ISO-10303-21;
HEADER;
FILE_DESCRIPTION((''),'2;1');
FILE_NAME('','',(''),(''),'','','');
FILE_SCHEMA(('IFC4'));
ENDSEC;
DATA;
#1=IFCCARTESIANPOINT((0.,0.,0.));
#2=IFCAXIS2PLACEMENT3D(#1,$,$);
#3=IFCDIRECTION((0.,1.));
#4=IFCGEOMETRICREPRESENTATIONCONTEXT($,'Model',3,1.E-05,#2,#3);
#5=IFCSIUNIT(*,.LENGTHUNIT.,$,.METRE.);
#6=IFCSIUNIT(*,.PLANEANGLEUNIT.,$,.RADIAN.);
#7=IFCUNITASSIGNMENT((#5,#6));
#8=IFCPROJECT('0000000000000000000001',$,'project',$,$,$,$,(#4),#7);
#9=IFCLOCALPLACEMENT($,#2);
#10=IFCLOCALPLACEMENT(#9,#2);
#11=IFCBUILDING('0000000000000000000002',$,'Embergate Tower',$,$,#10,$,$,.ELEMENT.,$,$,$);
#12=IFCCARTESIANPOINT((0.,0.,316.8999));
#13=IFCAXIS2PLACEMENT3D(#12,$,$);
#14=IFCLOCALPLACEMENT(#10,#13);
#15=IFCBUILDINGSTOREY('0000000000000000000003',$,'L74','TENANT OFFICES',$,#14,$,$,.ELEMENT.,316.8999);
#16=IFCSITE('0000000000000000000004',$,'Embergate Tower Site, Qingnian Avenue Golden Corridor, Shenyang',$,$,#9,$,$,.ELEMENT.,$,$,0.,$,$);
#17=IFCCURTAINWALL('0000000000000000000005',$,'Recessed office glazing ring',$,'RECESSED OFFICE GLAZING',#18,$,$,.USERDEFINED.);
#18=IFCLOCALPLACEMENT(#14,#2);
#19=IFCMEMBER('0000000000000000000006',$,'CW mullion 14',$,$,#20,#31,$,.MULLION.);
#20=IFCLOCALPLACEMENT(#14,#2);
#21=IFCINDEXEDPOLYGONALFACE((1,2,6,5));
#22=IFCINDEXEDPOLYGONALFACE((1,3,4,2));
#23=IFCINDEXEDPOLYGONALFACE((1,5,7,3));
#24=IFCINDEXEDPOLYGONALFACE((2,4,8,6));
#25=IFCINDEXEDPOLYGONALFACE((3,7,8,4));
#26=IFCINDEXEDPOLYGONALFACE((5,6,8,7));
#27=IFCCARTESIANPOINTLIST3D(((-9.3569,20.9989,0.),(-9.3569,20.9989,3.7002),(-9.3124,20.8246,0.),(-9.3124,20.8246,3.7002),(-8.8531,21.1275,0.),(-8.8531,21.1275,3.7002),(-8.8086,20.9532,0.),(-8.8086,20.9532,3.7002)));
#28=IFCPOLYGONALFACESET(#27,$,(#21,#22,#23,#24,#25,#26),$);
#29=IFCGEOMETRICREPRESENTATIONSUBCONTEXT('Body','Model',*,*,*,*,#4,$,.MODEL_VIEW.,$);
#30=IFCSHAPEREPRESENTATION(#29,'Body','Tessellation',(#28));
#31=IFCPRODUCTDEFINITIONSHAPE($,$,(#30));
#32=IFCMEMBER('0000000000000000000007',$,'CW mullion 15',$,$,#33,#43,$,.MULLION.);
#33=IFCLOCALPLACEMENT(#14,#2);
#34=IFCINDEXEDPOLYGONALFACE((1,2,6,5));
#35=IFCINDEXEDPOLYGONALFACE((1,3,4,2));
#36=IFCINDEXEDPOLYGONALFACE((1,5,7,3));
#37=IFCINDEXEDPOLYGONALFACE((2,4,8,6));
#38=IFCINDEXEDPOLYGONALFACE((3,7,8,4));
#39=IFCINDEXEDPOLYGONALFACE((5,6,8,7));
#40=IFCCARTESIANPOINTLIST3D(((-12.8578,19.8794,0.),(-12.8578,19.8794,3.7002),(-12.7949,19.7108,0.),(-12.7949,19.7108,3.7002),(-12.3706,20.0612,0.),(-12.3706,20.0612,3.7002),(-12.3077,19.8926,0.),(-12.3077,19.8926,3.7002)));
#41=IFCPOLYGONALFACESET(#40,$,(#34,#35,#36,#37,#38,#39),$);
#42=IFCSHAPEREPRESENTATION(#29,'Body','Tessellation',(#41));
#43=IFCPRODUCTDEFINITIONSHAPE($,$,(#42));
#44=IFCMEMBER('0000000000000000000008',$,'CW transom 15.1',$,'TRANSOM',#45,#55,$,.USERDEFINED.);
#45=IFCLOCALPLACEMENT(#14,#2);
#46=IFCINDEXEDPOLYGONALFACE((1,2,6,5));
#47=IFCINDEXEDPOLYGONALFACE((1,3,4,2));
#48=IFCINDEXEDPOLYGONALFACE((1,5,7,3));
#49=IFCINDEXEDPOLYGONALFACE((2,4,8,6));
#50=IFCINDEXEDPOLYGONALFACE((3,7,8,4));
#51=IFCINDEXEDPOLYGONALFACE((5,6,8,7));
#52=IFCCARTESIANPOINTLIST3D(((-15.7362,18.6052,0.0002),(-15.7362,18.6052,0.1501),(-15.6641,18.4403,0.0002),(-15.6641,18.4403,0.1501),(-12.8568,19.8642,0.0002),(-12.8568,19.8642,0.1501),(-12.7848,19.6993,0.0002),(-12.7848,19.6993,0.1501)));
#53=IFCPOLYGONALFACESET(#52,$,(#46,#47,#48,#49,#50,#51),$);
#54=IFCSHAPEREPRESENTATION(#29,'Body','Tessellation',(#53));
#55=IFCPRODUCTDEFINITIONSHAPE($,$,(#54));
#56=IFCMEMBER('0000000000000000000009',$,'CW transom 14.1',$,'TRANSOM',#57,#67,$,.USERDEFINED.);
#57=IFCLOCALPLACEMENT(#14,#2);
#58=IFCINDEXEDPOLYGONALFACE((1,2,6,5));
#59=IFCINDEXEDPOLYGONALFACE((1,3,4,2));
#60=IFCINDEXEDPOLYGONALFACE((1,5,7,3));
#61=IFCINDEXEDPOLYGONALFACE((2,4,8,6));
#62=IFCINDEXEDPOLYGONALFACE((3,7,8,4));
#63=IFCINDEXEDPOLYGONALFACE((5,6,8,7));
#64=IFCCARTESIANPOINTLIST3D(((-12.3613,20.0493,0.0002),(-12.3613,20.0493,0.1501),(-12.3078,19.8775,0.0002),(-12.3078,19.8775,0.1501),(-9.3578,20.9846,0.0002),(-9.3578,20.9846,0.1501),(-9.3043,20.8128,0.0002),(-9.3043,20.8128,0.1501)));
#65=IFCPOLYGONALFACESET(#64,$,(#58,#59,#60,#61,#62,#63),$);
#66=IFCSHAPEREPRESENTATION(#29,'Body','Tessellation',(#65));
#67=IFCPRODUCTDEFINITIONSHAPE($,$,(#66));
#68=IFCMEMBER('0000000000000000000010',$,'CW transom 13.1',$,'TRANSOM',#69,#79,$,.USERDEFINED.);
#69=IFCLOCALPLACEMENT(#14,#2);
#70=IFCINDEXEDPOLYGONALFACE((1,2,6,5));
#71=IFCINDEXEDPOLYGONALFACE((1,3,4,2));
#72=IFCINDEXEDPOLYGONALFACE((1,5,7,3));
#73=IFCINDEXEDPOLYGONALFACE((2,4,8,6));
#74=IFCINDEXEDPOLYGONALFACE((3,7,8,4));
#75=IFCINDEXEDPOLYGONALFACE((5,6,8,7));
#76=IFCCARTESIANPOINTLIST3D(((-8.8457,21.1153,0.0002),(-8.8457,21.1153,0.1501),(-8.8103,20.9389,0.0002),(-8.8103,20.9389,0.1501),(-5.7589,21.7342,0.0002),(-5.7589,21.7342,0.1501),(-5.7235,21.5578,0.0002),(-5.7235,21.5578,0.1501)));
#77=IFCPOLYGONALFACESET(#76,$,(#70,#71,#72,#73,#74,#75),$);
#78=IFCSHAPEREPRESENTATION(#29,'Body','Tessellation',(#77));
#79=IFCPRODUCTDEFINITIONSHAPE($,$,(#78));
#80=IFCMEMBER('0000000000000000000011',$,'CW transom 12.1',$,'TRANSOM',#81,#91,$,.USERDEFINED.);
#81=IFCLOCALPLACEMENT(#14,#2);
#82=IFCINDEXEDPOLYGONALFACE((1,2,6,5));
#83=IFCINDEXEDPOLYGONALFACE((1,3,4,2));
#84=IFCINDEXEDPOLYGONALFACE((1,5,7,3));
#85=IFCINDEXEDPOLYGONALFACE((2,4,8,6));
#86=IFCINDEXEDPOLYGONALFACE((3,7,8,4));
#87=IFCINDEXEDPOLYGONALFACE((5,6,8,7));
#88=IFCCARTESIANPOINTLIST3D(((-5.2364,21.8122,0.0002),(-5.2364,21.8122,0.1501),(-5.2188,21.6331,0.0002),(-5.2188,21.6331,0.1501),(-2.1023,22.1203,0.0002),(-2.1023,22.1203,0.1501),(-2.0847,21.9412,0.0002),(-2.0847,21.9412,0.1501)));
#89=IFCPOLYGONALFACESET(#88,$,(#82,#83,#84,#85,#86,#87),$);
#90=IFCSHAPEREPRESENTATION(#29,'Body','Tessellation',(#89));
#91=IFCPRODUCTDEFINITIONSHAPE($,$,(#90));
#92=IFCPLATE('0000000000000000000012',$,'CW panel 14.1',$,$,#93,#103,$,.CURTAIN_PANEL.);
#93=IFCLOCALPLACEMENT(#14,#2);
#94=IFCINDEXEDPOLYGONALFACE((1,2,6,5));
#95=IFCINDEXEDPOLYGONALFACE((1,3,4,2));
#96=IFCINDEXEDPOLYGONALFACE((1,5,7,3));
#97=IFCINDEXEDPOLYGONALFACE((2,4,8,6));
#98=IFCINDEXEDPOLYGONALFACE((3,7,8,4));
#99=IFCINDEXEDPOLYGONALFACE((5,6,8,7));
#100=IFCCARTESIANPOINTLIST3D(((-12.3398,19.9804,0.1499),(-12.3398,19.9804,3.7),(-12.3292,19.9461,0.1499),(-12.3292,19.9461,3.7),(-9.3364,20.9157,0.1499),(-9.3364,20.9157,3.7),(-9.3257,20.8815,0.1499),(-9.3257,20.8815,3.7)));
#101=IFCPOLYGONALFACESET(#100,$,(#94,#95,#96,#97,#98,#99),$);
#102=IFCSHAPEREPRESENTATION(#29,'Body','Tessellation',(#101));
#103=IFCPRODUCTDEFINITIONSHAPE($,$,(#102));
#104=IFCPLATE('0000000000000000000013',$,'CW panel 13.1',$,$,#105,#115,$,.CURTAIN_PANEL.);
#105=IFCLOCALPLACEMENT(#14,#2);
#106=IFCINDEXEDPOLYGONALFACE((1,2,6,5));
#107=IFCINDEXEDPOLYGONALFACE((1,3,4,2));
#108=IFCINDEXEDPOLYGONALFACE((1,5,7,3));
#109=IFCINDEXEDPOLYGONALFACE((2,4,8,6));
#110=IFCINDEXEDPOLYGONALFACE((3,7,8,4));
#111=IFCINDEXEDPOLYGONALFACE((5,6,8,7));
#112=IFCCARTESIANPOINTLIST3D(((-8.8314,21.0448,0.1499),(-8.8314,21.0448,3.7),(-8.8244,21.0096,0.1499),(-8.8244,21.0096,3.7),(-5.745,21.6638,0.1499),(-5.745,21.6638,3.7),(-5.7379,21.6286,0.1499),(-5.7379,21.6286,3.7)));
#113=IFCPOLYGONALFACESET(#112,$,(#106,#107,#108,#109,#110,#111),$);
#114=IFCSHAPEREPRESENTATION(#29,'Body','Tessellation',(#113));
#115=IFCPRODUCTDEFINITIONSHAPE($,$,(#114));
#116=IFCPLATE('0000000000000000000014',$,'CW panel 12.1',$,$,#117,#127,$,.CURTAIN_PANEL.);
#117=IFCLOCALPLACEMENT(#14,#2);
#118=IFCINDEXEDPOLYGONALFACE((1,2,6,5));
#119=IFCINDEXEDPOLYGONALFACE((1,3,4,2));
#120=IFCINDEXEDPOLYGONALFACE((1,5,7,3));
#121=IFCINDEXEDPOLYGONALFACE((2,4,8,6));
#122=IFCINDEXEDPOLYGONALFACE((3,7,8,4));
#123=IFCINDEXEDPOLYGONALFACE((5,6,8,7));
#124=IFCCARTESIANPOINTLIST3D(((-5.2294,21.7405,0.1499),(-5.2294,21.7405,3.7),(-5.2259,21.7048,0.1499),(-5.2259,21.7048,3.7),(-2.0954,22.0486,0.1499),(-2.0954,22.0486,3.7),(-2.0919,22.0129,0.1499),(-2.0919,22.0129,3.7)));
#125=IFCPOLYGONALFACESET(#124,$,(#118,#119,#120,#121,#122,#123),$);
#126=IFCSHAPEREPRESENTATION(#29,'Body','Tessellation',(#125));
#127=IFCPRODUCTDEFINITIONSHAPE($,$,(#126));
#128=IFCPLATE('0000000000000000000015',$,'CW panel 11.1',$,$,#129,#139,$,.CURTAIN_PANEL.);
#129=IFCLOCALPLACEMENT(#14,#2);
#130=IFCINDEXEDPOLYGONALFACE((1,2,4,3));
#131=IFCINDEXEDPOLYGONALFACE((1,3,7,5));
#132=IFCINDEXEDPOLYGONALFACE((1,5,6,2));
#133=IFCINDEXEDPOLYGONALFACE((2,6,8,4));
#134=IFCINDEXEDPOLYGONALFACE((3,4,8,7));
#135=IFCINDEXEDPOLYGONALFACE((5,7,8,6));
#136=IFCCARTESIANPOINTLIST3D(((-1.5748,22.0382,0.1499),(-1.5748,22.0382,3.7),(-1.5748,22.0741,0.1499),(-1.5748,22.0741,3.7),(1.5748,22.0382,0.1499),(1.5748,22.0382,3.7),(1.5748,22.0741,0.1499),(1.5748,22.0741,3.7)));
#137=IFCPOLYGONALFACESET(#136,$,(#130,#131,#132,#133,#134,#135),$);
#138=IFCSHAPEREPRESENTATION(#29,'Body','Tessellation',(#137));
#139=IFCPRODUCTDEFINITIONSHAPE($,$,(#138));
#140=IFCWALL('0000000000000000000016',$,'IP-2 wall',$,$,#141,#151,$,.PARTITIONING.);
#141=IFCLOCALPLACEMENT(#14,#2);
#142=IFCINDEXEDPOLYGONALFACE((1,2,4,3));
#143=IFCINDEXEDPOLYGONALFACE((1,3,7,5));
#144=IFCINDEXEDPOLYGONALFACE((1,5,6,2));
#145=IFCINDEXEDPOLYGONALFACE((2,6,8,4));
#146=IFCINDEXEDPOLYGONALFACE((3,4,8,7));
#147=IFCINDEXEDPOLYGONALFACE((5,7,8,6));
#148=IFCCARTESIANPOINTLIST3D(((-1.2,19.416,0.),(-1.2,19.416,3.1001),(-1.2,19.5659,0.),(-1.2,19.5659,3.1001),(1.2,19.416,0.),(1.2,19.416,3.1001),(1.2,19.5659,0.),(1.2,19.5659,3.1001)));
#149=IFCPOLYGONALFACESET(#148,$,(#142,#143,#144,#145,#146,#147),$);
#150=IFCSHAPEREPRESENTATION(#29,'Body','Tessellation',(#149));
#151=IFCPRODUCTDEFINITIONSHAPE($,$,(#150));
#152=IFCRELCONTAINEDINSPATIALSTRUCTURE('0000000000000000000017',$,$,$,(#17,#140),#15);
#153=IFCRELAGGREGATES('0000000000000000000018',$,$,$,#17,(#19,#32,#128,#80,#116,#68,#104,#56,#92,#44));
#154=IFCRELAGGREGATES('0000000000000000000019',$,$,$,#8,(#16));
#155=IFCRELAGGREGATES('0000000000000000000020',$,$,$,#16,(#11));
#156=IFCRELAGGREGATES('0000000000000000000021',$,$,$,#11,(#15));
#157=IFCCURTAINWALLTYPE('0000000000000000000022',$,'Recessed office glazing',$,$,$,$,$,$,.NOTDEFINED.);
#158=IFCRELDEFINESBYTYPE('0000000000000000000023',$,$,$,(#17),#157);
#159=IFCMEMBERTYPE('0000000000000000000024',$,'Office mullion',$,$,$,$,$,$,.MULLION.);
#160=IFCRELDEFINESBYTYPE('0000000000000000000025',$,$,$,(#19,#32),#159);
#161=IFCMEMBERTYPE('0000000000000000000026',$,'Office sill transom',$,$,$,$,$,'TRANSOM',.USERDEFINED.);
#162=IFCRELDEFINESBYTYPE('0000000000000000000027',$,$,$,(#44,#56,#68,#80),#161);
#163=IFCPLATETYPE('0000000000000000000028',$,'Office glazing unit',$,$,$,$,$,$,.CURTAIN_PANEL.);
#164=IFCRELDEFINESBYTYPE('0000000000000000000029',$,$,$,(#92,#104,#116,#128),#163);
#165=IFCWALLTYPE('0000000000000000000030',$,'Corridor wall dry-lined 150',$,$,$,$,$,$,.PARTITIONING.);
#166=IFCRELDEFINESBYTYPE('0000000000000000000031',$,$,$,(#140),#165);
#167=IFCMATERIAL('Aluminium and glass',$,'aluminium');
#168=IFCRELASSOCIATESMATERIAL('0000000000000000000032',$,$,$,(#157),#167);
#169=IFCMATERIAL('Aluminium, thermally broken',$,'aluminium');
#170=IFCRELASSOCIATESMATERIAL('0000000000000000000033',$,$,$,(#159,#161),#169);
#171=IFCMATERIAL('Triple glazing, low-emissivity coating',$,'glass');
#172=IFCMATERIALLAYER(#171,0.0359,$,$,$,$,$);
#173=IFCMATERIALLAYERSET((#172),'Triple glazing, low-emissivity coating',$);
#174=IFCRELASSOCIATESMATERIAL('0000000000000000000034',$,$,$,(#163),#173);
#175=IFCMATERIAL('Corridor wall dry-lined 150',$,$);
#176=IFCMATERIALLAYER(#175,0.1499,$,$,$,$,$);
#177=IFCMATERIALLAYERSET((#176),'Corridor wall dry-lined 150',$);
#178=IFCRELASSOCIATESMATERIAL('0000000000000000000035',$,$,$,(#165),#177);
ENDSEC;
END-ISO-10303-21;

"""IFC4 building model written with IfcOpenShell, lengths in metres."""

from ifc_helpers import new_model, si_unit, direction, frame, frame_2d, origin, origin_2d, place, context, subcontext, project, spatial, rectangle, extrude, source, transform, mapped, material, layer, layer_set, material_profile, profile_set, type_object, element, aggregate, save


model = new_model("IFC4")

# Units and contexts
model_context = context("Model", 3, precision=1e-05, world=origin(), true_north=direction((0.0, 1.0)))
body_context = subcontext(model_context, "Body", "Model", "MODEL_VIEW")
ifc_project = project(units=[si_unit("LENGTHUNIT", "METRE"), si_unit("PLANEANGLEUNIT", "RADIAN")], contexts=[model_context])

# Site, building, storey
site_placement = place(None, origin())
site = spatial("IfcSite", under=ifc_project, at=site_placement, Name="Embergate Tower Site, Qingnian Avenue Golden Corridor, Shenyang", CompositionType="ELEMENT", RefElevation=0.0)
building_placement = place(site_placement, origin())
building = spatial("IfcBuilding", under=site, at=building_placement, Name="Embergate Tower", CompositionType="ELEMENT")
storey_placement = place(building_placement, frame((0.0, 0.0, 316.8999)))
storey = spatial("IfcBuildingStorey", under=building, at=storey_placement, Name="L74", Description="TENANT OFFICES", CompositionType="ELEMENT", Elevation=316.8999)

# Curtain wall, members, plates
ifc_material_1 = material(Name="Aluminium and glass", Category="aluminium")
curtain_wall_type = type_object("IfcCurtainWallType", Name="Recessed office glazing", PredefinedType="NOTDEFINED", material=ifc_material_1)
curtain_wall_placement = place(storey_placement, origin())
curtain_wall = element("IfcCurtainWall", 1, at=curtain_wall_placement, inside=storey, type_object=curtain_wall_type, Name="Recessed office glazing ring", ObjectType="RECESSED OFFICE GLAZING", PredefinedType="USERDEFINED")
ifc_material_2 = material(Name="Aluminium, thermally broken", Category="aluminium")
ifc_material_profile_1 = material_profile(ifc_material_2, rectangle(XDim=0.1799, YDim=0.52, at=origin_2d()), Name="AL 520x180")
ifc_profile_set_1 = profile_set([ifc_material_profile_1], Name="Aluminium, thermally broken")
member_type_1 = type_object("IfcMemberType", Name="Office mullion", PredefinedType="MULLION", material=ifc_profile_set_1)
shared_shape_1 = source(origin(), body_context, "Body", "SweptSolid", [
    extrude(rectangle(XDim=0.1799, YDim=0.52, at=origin_2d()), origin(), (0.0, 0.0, 1.0), 3.7002),
])
member_1_placement = place(storey_placement, frame((-9.0828, 20.9761, 0.0), z_axis=(0.0, 0.0, 1.0), x_axis=(0.24731, -0.968936, 0.0)))
member_1 = element("IfcMember", 2, at=member_1_placement, type_object=member_type_1, Name="CW mullion 14", PredefinedType="MULLION", context=body_context, shape_type="MappedRepresentation", body=[
    mapped(shared_shape_1, transform((0.0, 0.0, 0.0))),
])
member_2_placement = place(storey_placement, frame((-12.5828, 19.886, 0.0), z_axis=(0.0, 0.0, 1.0), x_axis=(0.349501, -0.936936, 0.0)))
member_2 = element("IfcMember", 3, at=member_2_placement, type_object=member_type_1, Name="CW mullion 15", PredefinedType="MULLION", context=body_context, shape_type="MappedRepresentation", body=[
    mapped(shared_shape_1, transform((0.0, 0.0, 0.0))),
])
ifc_material_profile_2 = material_profile(ifc_material_2, rectangle(XDim=0.1799, YDim=0.1499, at=origin_2d()), Name="AL 150x180")
ifc_profile_set_2 = profile_set([ifc_material_profile_2], Name="Aluminium, thermally broken")
member_type_2 = type_object("IfcMemberType", Name="Office sill transom", ElementType="TRANSOM", PredefinedType="USERDEFINED", material=ifc_profile_set_2)
shared_shape_2 = source(origin(), body_context, "Body", "SweptSolid", [
    extrude(rectangle(XDim=0.1799, YDim=0.1499, at=origin_2d()), origin(), (0.0, 0.0, 1.0), 3.1426),
])
member_3_placement = place(storey_placement, frame((-12.8208, 19.7817, 0.0752), z_axis=(-0.916239, -0.400631, 0.0), x_axis=(0.400631, -0.916239, 0.0)))
member_3 = element("IfcMember", 4, at=member_3_placement, type_object=member_type_2, Name="CW transom 15.1", ObjectType="TRANSOM", PredefinedType="USERDEFINED", context=body_context, shape_type="MappedRepresentation", body=[
    mapped(shared_shape_2, transform((0.0, 0.0, 0.0))),
])
shared_shape_3 = source(origin(), body_context, "Body", "SweptSolid", [
    extrude(rectangle(XDim=0.1799, YDim=0.1499, at=origin_2d()), origin(), (0.0, 0.0, 1.0), 3.1458),
])
member_4_placement = place(storey_placement, frame((-9.3311, 20.8987, 0.0752), z_axis=(-0.954775, -0.297329, 0.0), x_axis=(0.297329, -0.954775, 0.0)))
member_4 = element("IfcMember", 5, at=member_4_placement, type_object=member_type_2, Name="CW transom 14.1", ObjectType="TRANSOM", PredefinedType="USERDEFINED", context=body_context, shape_type="MappedRepresentation", body=[
    mapped(shared_shape_3, transform((0.0, 0.0, 0.0))),
])
shared_shape_4 = source(origin(), body_context, "Body", "SweptSolid", [
    extrude(rectangle(XDim=0.1799, YDim=0.1499, at=origin_2d()), origin(), (0.0, 0.0, 1.0), 3.1482),
])
member_5_placement = place(storey_placement, frame((-5.7412, 21.646, 0.0752), z_axis=(-0.980485, -0.196593, 0.0), x_axis=(0.196593, -0.980485, 0.0)))
member_5 = element("IfcMember", 6, at=member_5_placement, type_object=member_type_2, Name="CW transom 13.1", ObjectType="TRANSOM", PredefinedType="USERDEFINED", context=body_context, shape_type="MappedRepresentation", body=[
    mapped(shared_shape_4, transform((0.0, 0.0, 0.0))),
])
shared_shape_5 = source(origin(), body_context, "Body", "SweptSolid", [
    extrude(rectangle(XDim=0.1799, YDim=0.1499, at=origin_2d()), origin(), (0.0, 0.0, 1.0), 3.1492),
])
member_6_placement = place(storey_placement, frame((-2.0935, 22.0308, 0.0752), z_axis=(-0.995202, -0.097838, 0.0), x_axis=(0.097838, -0.995202, 0.0)))
member_6 = element("IfcMember", 7, at=member_6_placement, type_object=member_type_2, Name="CW transom 12.1", ObjectType="TRANSOM", PredefinedType="USERDEFINED", context=body_context, shape_type="MappedRepresentation", body=[
    mapped(shared_shape_5, transform((0.0, 0.0, 0.0))),
])
ifc_material_3 = material(Name="Triple glazing, low-emissivity coating", Category="glass")
ifc_layer_1 = layer(ifc_material_3, 0.0359)
ifc_layer_set_1 = layer_set([ifc_layer_1], Name="Triple glazing, low-emissivity coating")
plate_type = type_object("IfcPlateType", Name="Office glazing unit", PredefinedType="CURTAIN_PANEL", material=ifc_layer_set_1)
shared_shape_6 = source(origin(), body_context, "Body", "SweptSolid", [
    extrude(rectangle(XDim=3.1458, YDim=0.0359, at=origin_2d()), origin(), (0.0, 0.0, 1.0), 3.55),
])
plate_1_placement = place(storey_placement, frame((-10.8328, 20.4309, 0.1499), z_axis=(0.0, 0.0, 1.0), x_axis=(-0.954771, -0.297342, 0.0)))
plate_1 = element("IfcPlate", 8, at=plate_1_placement, type_object=plate_type, Name="CW panel 14.1", PredefinedType="CURTAIN_PANEL", context=body_context, shape_type="MappedRepresentation", body=[
    mapped(shared_shape_6, transform((0.0, 0.0, 0.0))),
])
shared_shape_7 = source(origin(), body_context, "Body", "SweptSolid", [
    extrude(rectangle(XDim=3.1479, YDim=0.0359, at=origin_2d()), origin(), (0.0, 0.0, 1.0), 3.55),
])
plate_2_placement = place(storey_placement, frame((-7.2847, 21.3367, 0.1499), z_axis=(0.0, 0.0, 1.0), x_axis=(-0.980476, -0.196641, 0.0)))
plate_2 = element("IfcPlate", 9, at=plate_2_placement, type_object=plate_type, Name="CW panel 13.1", PredefinedType="CURTAIN_PANEL", context=body_context, shape_type="MappedRepresentation", body=[
    mapped(shared_shape_7, transform((0.0, 0.0, 0.0))),
])
shared_shape_8 = source(origin(), body_context, "Body", "SweptSolid", [
    extrude(rectangle(XDim=3.1492, YDim=0.0359, at=origin_2d()), origin(), (0.0, 0.0, 1.0), 3.55),
])
plate_3_placement = place(storey_placement, frame((-3.6606, 21.8767, 0.1499), z_axis=(0.0, 0.0, 1.0), x_axis=(-0.995203, -0.09783, 0.0)))
plate_3 = element("IfcPlate", 10, at=plate_3_placement, type_object=plate_type, Name="CW panel 12.1", PredefinedType="CURTAIN_PANEL", context=body_context, shape_type="MappedRepresentation", body=[
    mapped(shared_shape_8, transform((0.0, 0.0, 0.0))),
])
shared_shape_9 = source(origin(), body_context, "Body", "SweptSolid", [
    extrude(rectangle(XDim=3.1497, YDim=0.0359, at=origin_2d()), origin(), (0.0, 0.0, 1.0), 3.55),
])
plate_4_placement = place(storey_placement, frame((0.0, 22.0562, 0.1499), z_axis=(0.0, 0.0, 1.0), x_axis=(-1.0, 0.0, 0.0)))
plate_4 = element("IfcPlate", 11, at=plate_4_placement, type_object=plate_type, Name="CW panel 11.1", PredefinedType="CURTAIN_PANEL", context=body_context, shape_type="MappedRepresentation", body=[
    mapped(shared_shape_9, transform((0.0, 0.0, 0.0))),
])
aggregate(curtain_wall, [member_1, member_2, plate_4, member_6, plate_3, member_5, plate_2, member_4, plate_1, member_3])

# Wall
ifc_material_4 = material(Name="Corridor wall dry-lined 150")
ifc_layer_2 = layer(ifc_material_4, 0.1499)
ifc_layer_set_2 = layer_set([ifc_layer_2], Name="Corridor wall dry-lined 150")
wall_type_1 = type_object("IfcWallType", Name="Corridor wall dry-lined 150", PredefinedType="PARTITIONING", material=ifc_layer_set_2)
shared_shape_10 = source(origin(), body_context, "Body", "SweptSolid", [
    extrude(rectangle(XDim=2.3999, YDim=0.1499, at=frame_2d((1.2, 0.0))), origin(), (0.0, 0.0, 1.0), 3.1001),
])
wall_1_placement = place(storey_placement, frame((-1.2, 19.491, 0.0), z_axis=(0.0, 0.0, 1.0), x_axis=(1.0, 0.0, 0.0)))
element("IfcWall", 12, at=wall_1_placement, inside=storey, type_object=wall_type_1, Name="IP-2 wall", PredefinedType="PARTITIONING", context=body_context, shape_type="MappedRepresentation", body=[
    mapped(shared_shape_10, transform((0.0, 0.0, 0.0))),
])

save(model, "model.ifc")
